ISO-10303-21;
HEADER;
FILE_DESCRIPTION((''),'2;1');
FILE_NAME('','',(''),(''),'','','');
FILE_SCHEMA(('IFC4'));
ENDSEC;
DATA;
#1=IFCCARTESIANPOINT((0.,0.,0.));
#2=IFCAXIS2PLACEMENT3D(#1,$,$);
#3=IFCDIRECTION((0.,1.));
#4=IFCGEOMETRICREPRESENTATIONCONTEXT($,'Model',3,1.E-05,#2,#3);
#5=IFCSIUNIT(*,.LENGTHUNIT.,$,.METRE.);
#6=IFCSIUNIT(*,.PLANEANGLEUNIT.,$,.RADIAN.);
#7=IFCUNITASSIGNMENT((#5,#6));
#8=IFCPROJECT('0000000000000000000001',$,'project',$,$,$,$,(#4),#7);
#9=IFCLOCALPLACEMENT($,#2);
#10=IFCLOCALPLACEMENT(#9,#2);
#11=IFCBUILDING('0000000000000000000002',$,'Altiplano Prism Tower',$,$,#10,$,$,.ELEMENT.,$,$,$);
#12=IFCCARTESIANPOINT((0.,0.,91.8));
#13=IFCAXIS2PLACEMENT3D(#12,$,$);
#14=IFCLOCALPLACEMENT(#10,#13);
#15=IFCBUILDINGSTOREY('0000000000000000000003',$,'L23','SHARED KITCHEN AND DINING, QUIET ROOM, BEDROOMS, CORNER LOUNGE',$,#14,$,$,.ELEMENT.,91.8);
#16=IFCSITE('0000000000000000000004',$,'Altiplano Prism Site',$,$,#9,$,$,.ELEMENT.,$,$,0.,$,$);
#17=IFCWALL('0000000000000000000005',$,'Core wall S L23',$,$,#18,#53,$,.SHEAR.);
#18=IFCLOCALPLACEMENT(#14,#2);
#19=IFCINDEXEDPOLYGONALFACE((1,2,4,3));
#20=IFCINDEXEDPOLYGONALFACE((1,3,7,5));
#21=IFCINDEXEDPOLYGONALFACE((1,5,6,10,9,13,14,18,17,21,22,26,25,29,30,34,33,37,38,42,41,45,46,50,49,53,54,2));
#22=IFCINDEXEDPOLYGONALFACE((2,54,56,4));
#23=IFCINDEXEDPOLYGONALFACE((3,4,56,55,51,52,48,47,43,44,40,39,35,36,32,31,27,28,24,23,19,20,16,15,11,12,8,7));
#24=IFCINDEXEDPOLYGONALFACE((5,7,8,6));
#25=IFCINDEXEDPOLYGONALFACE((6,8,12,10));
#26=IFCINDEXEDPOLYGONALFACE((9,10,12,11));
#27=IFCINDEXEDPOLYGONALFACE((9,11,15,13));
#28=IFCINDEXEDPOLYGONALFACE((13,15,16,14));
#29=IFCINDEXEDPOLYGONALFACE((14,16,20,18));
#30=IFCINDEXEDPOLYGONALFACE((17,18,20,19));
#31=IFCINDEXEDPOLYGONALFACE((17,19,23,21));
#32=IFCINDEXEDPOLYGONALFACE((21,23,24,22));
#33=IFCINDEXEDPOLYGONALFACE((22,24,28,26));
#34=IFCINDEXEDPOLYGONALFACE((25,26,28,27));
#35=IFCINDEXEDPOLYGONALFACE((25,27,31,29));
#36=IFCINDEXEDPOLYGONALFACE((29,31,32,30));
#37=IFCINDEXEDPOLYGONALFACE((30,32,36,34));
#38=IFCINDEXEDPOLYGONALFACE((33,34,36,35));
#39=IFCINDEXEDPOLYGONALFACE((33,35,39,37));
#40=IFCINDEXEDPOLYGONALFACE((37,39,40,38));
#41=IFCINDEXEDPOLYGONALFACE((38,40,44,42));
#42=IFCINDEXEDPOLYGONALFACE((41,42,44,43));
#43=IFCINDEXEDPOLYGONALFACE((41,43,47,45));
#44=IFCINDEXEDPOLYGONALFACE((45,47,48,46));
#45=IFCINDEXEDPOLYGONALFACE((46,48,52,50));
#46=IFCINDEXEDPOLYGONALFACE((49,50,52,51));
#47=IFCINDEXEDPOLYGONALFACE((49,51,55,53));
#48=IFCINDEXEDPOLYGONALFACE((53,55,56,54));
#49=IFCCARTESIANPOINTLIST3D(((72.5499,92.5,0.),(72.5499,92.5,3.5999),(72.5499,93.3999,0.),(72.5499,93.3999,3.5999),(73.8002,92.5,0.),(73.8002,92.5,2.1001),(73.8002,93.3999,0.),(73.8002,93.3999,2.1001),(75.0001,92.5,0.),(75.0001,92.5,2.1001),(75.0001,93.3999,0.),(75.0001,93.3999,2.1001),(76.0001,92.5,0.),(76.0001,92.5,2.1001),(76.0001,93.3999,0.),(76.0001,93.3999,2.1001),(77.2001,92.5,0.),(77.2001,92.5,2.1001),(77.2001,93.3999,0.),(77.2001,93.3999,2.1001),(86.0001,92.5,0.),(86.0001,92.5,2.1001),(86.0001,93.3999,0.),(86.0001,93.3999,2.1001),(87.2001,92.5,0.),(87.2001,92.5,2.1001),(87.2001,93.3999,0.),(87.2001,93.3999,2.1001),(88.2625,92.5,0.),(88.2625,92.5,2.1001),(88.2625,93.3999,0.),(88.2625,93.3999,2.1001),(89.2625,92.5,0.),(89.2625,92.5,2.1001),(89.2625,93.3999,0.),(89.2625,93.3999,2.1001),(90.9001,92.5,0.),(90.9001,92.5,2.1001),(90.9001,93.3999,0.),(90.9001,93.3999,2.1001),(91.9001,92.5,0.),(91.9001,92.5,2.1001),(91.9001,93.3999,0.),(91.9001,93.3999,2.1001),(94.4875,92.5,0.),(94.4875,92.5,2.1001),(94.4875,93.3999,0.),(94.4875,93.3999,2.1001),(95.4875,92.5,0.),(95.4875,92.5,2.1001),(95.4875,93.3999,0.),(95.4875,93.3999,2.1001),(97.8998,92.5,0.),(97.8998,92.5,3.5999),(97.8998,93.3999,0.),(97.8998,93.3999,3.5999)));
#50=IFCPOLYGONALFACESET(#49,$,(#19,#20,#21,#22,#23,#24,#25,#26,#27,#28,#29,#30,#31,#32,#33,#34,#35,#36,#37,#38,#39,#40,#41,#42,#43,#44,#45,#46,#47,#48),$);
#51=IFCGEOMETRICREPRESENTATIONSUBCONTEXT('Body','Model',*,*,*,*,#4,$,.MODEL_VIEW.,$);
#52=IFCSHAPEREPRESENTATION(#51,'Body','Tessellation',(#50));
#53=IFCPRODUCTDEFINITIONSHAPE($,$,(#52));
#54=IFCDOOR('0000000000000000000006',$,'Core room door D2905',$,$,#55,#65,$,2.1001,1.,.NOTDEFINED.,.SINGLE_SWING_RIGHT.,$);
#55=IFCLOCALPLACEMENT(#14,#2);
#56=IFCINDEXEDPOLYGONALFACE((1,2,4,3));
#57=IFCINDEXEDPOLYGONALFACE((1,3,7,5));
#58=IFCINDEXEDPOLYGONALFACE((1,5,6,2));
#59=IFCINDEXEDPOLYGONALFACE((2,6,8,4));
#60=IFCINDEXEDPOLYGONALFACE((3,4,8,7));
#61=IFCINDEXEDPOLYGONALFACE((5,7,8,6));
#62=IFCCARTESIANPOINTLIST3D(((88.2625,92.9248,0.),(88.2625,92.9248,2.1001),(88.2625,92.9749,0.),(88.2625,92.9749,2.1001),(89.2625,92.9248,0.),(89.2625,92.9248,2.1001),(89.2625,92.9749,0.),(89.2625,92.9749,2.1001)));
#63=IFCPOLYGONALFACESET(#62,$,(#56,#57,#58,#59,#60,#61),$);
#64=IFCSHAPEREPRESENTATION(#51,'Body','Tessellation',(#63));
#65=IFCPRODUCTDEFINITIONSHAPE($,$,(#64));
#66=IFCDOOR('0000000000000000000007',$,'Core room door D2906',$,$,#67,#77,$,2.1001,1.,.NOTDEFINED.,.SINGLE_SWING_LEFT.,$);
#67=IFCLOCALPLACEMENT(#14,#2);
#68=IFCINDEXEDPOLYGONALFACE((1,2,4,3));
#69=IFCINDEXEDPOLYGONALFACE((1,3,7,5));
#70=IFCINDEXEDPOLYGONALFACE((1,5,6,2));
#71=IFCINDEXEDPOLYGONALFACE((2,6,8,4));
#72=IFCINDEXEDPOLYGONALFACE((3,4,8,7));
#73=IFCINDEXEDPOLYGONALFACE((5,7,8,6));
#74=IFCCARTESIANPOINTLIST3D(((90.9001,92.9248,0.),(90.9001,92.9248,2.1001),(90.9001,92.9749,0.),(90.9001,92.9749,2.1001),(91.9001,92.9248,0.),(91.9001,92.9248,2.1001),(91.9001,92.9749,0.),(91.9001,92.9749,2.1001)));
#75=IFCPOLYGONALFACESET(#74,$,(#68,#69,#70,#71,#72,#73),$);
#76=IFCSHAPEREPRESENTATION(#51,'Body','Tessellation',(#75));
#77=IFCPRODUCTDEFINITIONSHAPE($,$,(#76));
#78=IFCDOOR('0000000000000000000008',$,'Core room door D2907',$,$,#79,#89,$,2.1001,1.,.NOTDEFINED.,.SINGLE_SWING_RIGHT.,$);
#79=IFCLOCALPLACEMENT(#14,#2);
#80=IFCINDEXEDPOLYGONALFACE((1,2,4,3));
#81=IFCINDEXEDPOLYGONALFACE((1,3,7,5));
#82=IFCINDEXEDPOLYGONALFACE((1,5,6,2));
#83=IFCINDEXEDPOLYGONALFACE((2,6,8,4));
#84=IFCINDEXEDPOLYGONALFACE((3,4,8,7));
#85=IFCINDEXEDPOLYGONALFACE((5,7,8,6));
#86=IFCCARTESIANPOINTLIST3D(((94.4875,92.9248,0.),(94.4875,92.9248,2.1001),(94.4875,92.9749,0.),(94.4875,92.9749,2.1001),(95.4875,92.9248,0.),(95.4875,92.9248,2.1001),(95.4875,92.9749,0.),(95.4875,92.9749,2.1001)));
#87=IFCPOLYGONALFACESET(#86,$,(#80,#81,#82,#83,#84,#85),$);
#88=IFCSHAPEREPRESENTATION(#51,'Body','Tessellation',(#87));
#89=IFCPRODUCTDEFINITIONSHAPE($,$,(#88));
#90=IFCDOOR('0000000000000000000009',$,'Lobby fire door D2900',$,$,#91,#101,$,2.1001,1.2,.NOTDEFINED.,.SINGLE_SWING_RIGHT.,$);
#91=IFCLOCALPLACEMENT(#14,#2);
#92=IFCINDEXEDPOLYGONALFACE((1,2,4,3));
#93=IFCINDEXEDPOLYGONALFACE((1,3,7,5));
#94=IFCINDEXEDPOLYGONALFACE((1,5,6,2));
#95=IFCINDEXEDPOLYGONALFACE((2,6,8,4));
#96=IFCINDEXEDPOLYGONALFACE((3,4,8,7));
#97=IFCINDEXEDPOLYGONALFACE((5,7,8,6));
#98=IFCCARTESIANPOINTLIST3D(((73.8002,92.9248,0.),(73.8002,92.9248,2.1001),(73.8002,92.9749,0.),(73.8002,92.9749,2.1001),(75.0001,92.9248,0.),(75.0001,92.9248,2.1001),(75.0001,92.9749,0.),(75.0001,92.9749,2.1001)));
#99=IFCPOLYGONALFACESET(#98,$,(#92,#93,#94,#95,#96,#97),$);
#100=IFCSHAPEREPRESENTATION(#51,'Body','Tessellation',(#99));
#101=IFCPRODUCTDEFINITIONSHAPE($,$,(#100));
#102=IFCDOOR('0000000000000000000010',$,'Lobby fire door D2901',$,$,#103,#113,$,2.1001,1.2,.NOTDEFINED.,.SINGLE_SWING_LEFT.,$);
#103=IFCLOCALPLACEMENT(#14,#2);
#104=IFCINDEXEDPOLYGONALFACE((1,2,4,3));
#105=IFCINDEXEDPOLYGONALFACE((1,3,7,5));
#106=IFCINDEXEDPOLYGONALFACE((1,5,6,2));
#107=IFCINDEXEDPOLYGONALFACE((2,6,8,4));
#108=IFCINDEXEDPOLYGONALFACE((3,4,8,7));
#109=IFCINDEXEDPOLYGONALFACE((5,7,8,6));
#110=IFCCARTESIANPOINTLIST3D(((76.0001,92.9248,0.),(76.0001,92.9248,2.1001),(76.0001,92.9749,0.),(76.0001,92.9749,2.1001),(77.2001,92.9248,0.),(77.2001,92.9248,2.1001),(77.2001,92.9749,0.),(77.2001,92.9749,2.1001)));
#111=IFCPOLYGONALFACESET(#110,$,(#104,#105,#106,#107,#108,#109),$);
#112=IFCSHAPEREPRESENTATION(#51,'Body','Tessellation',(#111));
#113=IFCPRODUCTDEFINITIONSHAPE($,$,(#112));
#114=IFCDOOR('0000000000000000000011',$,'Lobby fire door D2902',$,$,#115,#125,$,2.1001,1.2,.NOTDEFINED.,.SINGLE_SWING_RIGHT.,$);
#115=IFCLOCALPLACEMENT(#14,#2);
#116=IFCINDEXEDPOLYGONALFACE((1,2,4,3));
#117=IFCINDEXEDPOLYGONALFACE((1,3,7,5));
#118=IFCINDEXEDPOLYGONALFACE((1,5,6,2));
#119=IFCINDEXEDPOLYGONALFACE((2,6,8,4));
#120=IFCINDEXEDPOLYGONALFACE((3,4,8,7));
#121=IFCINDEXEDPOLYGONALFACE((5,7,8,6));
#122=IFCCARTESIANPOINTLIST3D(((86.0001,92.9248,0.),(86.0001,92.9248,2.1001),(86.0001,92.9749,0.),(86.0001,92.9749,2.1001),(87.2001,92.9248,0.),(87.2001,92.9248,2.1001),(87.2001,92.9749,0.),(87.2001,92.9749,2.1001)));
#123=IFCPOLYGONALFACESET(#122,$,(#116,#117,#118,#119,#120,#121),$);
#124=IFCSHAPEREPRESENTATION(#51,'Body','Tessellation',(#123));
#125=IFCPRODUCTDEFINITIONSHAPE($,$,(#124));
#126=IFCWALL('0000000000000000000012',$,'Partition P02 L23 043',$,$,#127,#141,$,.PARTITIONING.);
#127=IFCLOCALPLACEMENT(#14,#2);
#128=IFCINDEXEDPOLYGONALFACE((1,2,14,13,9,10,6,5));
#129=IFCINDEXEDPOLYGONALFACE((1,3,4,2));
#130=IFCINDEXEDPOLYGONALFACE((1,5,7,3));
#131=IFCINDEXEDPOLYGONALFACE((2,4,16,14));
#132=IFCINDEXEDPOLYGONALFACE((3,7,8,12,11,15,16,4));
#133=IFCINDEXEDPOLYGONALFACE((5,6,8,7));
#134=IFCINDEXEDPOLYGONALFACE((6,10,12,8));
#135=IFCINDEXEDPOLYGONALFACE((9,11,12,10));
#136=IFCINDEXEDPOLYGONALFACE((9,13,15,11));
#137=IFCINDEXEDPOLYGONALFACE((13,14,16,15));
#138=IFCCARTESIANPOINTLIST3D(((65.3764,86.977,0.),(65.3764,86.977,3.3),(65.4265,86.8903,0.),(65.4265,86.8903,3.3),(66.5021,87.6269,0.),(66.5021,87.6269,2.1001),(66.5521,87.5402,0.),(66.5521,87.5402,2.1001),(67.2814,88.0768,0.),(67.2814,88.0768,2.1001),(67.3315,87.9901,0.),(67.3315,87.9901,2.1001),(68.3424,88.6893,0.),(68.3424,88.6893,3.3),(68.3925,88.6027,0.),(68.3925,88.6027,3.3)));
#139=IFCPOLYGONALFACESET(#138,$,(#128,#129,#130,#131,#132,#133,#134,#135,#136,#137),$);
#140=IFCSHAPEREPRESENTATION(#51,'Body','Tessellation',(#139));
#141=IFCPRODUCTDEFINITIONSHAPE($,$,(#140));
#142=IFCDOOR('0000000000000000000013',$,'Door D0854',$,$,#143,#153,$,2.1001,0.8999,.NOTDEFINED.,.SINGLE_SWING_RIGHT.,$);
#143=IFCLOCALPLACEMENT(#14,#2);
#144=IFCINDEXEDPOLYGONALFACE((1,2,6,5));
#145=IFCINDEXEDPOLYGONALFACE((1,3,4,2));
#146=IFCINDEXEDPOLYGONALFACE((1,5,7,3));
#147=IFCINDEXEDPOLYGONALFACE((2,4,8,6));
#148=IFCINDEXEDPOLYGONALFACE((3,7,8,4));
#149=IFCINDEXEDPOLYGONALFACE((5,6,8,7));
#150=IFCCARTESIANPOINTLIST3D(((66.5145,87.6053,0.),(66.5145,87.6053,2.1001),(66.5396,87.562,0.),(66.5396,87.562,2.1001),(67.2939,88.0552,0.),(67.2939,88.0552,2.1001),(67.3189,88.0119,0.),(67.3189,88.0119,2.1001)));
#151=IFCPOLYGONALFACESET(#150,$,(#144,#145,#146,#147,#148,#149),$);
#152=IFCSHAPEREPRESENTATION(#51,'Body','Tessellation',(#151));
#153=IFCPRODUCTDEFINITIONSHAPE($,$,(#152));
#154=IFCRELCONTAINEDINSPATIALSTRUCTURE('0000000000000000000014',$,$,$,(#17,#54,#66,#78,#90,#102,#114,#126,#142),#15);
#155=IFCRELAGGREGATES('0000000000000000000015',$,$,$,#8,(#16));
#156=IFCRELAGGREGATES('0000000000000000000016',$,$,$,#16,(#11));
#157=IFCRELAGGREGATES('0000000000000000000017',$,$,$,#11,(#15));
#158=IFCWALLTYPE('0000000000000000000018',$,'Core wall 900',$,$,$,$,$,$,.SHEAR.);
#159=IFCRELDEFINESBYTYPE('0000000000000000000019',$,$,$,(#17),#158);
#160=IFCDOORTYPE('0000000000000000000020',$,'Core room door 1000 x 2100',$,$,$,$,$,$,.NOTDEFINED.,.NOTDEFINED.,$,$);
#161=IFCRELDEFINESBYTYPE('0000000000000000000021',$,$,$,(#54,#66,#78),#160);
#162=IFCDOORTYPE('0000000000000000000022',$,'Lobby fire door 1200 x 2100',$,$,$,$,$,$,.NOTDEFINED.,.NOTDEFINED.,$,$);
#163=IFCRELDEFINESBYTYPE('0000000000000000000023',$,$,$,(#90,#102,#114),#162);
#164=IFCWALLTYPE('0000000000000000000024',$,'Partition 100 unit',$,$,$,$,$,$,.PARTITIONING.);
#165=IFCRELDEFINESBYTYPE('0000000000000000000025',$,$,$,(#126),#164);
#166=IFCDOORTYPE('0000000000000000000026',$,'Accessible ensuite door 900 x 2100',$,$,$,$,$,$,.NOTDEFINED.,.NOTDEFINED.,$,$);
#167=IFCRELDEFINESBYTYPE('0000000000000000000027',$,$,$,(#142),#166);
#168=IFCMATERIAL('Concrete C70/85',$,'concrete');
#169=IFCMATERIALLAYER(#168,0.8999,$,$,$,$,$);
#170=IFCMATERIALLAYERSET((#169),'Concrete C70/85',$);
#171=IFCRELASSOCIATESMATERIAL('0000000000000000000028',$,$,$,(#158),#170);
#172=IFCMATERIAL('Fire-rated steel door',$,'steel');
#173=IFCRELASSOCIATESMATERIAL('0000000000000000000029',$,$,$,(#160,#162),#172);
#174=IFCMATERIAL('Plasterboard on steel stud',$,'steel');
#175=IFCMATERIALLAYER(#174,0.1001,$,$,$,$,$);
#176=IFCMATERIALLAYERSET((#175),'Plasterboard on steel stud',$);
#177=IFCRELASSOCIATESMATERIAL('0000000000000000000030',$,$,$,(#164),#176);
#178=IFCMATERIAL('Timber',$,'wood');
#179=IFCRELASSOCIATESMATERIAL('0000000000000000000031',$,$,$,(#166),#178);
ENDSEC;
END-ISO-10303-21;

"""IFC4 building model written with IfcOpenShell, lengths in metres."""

from ifc_helpers import new_model, si_unit, direction, frame, frame_2d, origin, place, context, subcontext, project, spatial, rectangle, extrude, material, layer, layer_set, type_object, element, fill, save


model = new_model("IFC4")

# Units and contexts
model_context = context("Model", 3, precision=1e-05, world=origin(), true_north=direction((0.0, 1.0)))
body_context = subcontext(model_context, "Body", "Model", "MODEL_VIEW")
ifc_project = project(units=[si_unit("LENGTHUNIT", "METRE"), si_unit("PLANEANGLEUNIT", "RADIAN")], contexts=[model_context])

# Site, building, storey
site_placement = place(None, origin())
site = spatial("IfcSite", under=ifc_project, at=site_placement, Name="Altiplano Prism Site", CompositionType="ELEMENT", RefElevation=0.0)
building_placement = place(site_placement, origin())
building = spatial("IfcBuilding", under=site, at=building_placement, Name="Altiplano Prism Tower", CompositionType="ELEMENT")
storey_placement = place(building_placement, frame((0.0, 0.0, 91.8)))
storey = spatial("IfcBuildingStorey", under=building, at=storey_placement, Name="L23", Description="SHARED KITCHEN AND DINING, QUIET ROOM, BEDROOMS, CORNER LOUNGE", CompositionType="ELEMENT", Elevation=91.8)

# Wall, openings, doors
ifc_material_1 = material(Name="Concrete C70/85", Category="concrete")
ifc_layer_1 = layer(ifc_material_1, 0.8999)
ifc_layer_set_1 = layer_set([ifc_layer_1], Name="Concrete C70/85")
wall_type_1 = type_object("IfcWallType", Name="Core wall 900", PredefinedType="SHEAR", material=ifc_layer_set_1)
wall_1_placement = place(storey_placement, frame((72.55, 92.95, 0.0), z_axis=(0.0, 0.0, 1.0), x_axis=(1.0, 0.0, 0.0)))
wall_1 = element("IfcWall", 1, at=wall_1_placement, inside=storey, type_object=wall_type_1, Name="Core wall S L23", PredefinedType="SHEAR", context=body_context, shape_type="SweptSolid", body=[
    extrude(rectangle(XDim=25.3499, YDim=0.8999, at=frame_2d((12.6748, 0.0))), origin(), (0.0, 0.0, 1.0), 3.5999),
])
opening_1_placement = place(wall_1_placement, frame((1.25, 0.0, 0.0)))
opening_1 = element("IfcOpeningElement", 2, at=opening_1_placement, cuts=wall_1, PredefinedType="OPENING", context=body_context, shape_type="SweptSolid", body=[
    extrude(rectangle(XDim=1.2, YDim=2.1001, at=frame_2d((0.6001, 1.05))), frame((0.0, 0.4604, 0.0), z_axis=(0.0, -1.0, 0.0), x_axis=(1.0, 0.0, 0.0)), (0.0, 0.0, 1.0), 0.9209),
])
opening_2_placement = place(wall_1_placement, frame((3.45, 0.0, 0.0)))
opening_2 = element("IfcOpeningElement", 3, at=opening_2_placement, cuts=wall_1, PredefinedType="OPENING", context=body_context, shape_type="SweptSolid", body=[
    extrude(rectangle(XDim=1.2, YDim=2.1001, at=frame_2d((0.6001, 1.05))), frame((0.0, 0.4604, 0.0), z_axis=(0.0, -1.0, 0.0), x_axis=(1.0, 0.0, 0.0)), (0.0, 0.0, 1.0), 0.9209),
])
opening_3_placement = place(wall_1_placement, frame((13.45, 0.0, 0.0)))
opening_3 = element("IfcOpeningElement", 4, at=opening_3_placement, cuts=wall_1, PredefinedType="OPENING", context=body_context, shape_type="SweptSolid", body=[
    extrude(rectangle(XDim=1.2, YDim=2.1001, at=frame_2d((0.6001, 1.05))), frame((0.0, 0.4604, 0.0), z_axis=(0.0, -1.0, 0.0), x_axis=(1.0, 0.0, 0.0)), (0.0, 0.0, 1.0), 0.9209),
])
opening_4_placement = place(wall_1_placement, frame((15.7124, 0.0, 0.0)))
opening_4 = element("IfcOpeningElement", 5, at=opening_4_placement, cuts=wall_1, PredefinedType="OPENING", context=body_context, shape_type="SweptSolid", body=[
    extrude(rectangle(XDim=1.0, YDim=2.1001, at=frame_2d((0.5, 1.05))), frame((0.0, 0.4604, 0.0), z_axis=(0.0, -1.0, 0.0), x_axis=(1.0, 0.0, 0.0)), (0.0, 0.0, 1.0), 0.9209),
])
opening_5_placement = place(wall_1_placement, frame((18.3501, 0.0, 0.0)))
opening_5 = element("IfcOpeningElement", 6, at=opening_5_placement, cuts=wall_1, PredefinedType="OPENING", context=body_context, shape_type="SweptSolid", body=[
    extrude(rectangle(XDim=1.0, YDim=2.1001, at=frame_2d((0.5, 1.05))), frame((0.0, 0.4604, 0.0), z_axis=(0.0, -1.0, 0.0), x_axis=(1.0, 0.0, 0.0)), (0.0, 0.0, 1.0), 0.9209),
])
opening_6_placement = place(wall_1_placement, frame((21.9375, 0.0, 0.0)))
opening_6 = element("IfcOpeningElement", 7, at=opening_6_placement, cuts=wall_1, PredefinedType="OPENING", context=body_context, shape_type="SweptSolid", body=[
    extrude(rectangle(XDim=1.0, YDim=2.1001, at=frame_2d((0.5, 1.05))), frame((0.0, 0.4604, 0.0), z_axis=(0.0, -1.0, 0.0), x_axis=(1.0, 0.0, 0.0)), (0.0, 0.0, 1.0), 0.9209),
])
ifc_material_2 = material(Name="Fire-rated steel door", Category="steel")
door_type_1 = type_object("IfcDoorType", Name="Core room door 1000 x 2100", OperationType="NOTDEFINED", PredefinedType="NOTDEFINED", material=ifc_material_2)
door_1_placement = place(opening_4_placement, origin())
door_1 = element("IfcDoor", 8, at=door_1_placement, inside=storey, type_object=door_type_1, Name="Core room door D2905", OperationType="SINGLE_SWING_RIGHT", OverallHeight=2.1001, OverallWidth=1.0, PredefinedType="NOTDEFINED", context=body_context, shape_type="SweptSolid", body=[
    extrude(rectangle(XDim=1.0, YDim=2.1001, at=frame_2d((0.5, 1.05))), frame((0.0, 0.0249, 0.0), z_axis=(0.0, -1.0, 0.0), x_axis=(1.0, 0.0, 0.0)), (0.0, 0.0, 1.0), 0.05),
])
fill(opening_4, door_1)
door_2_placement = place(opening_5_placement, origin())
door_2 = element("IfcDoor", 9, at=door_2_placement, inside=storey, type_object=door_type_1, Name="Core room door D2906", OperationType="SINGLE_SWING_LEFT", OverallHeight=2.1001, OverallWidth=1.0, PredefinedType="NOTDEFINED", context=body_context, shape_type="SweptSolid", body=[
    extrude(rectangle(XDim=1.0, YDim=2.1001, at=frame_2d((0.5, 1.05))), frame((0.0, 0.0249, 0.0), z_axis=(0.0, -1.0, 0.0), x_axis=(1.0, 0.0, 0.0)), (0.0, 0.0, 1.0), 0.05),
])
fill(opening_5, door_2)
door_3_placement = place(opening_6_placement, origin())
door_3 = element("IfcDoor", 10, at=door_3_placement, inside=storey, type_object=door_type_1, Name="Core room door D2907", OperationType="SINGLE_SWING_RIGHT", OverallHeight=2.1001, OverallWidth=1.0, PredefinedType="NOTDEFINED", context=body_context, shape_type="SweptSolid", body=[
    extrude(rectangle(XDim=1.0, YDim=2.1001, at=frame_2d((0.5, 1.05))), frame((0.0, 0.0249, 0.0), z_axis=(0.0, -1.0, 0.0), x_axis=(1.0, 0.0, 0.0)), (0.0, 0.0, 1.0), 0.05),
])
fill(opening_6, door_3)
door_type_2 = type_object("IfcDoorType", Name="Lobby fire door 1200 x 2100", OperationType="NOTDEFINED", PredefinedType="NOTDEFINED", material=ifc_material_2)
door_4_placement = place(opening_1_placement, origin())
door_4 = element("IfcDoor", 11, at=door_4_placement, inside=storey, type_object=door_type_2, Name="Lobby fire door D2900", OperationType="SINGLE_SWING_RIGHT", OverallHeight=2.1001, OverallWidth=1.2, PredefinedType="NOTDEFINED", context=body_context, shape_type="SweptSolid", body=[
    extrude(rectangle(XDim=1.2, YDim=2.1001, at=frame_2d((0.6001, 1.05))), frame((0.0, 0.0249, 0.0), z_axis=(0.0, -1.0, 0.0), x_axis=(1.0, 0.0, 0.0)), (0.0, 0.0, 1.0), 0.05),
])
fill(opening_1, door_4)
door_5_placement = place(opening_2_placement, origin())
door_5 = element("IfcDoor", 12, at=door_5_placement, inside=storey, type_object=door_type_2, Name="Lobby fire door D2901", OperationType="SINGLE_SWING_LEFT", OverallHeight=2.1001, OverallWidth=1.2, PredefinedType="NOTDEFINED", context=body_context, shape_type="SweptSolid", body=[
    extrude(rectangle(XDim=1.2, YDim=2.1001, at=frame_2d((0.6001, 1.05))), frame((0.0, 0.0249, 0.0), z_axis=(0.0, -1.0, 0.0), x_axis=(1.0, 0.0, 0.0)), (0.0, 0.0, 1.0), 0.05),
])
fill(opening_2, door_5)
door_6_placement = place(opening_3_placement, origin())
door_6 = element("IfcDoor", 13, at=door_6_placement, inside=storey, type_object=door_type_2, Name="Lobby fire door D2902", OperationType="SINGLE_SWING_RIGHT", OverallHeight=2.1001, OverallWidth=1.2, PredefinedType="NOTDEFINED", context=body_context, shape_type="SweptSolid", body=[
    extrude(rectangle(XDim=1.2, YDim=2.1001, at=frame_2d((0.6001, 1.05))), frame((0.0, 0.0249, 0.0), z_axis=(0.0, -1.0, 0.0), x_axis=(1.0, 0.0, 0.0)), (0.0, 0.0, 1.0), 0.05),
])
fill(opening_3, door_6)

# Wall, opening, door
ifc_material_3 = material(Name="Plasterboard on steel stud", Category="steel")
ifc_layer_2 = layer(ifc_material_3, 0.1001)
ifc_layer_set_2 = layer_set([ifc_layer_2], Name="Plasterboard on steel stud")
wall_type_2 = type_object("IfcWallType", Name="Partition 100 unit", PredefinedType="PARTITIONING", material=ifc_layer_set_2)
wall_2_placement = place(storey_placement, frame((68.3674, 88.646, 0.0), z_axis=(0.0, 0.0, 1.0), x_axis=(-0.866032, -0.499988, 0.0)))
wall_2 = element("IfcWall", 14, at=wall_2_placement, inside=storey, type_object=wall_type_2, Name="Partition P02 L23 043", PredefinedType="PARTITIONING", context=body_context, shape_type="SweptSolid", body=[
    extrude(rectangle(XDim=3.4248, YDim=0.1001, at=frame_2d((1.7124, 0.0))), origin(), (0.0, 0.0, 1.0), 3.3),
])
opening_7_placement = place(wall_2_placement, frame((1.2251, 0.0, 0.0)))
opening_7 = element("IfcOpeningElement", 15, at=opening_7_placement, cuts=wall_2, PredefinedType="OPENING", context=body_context, shape_type="SweptSolid", body=[
    extrude(rectangle(XDim=0.8999, YDim=2.1001, at=frame_2d((0.45, 1.05))), frame((0.0, 0.0605, 0.0), z_axis=(0.0, -1.0, 0.0), x_axis=(1.0, 0.0, 0.0)), (0.0, 0.0, 1.0), 0.1211),
])
ifc_material_4 = material(Name="Timber", Category="wood")
door_type_3 = type_object("IfcDoorType", Name="Accessible ensuite door 900 x 2100", OperationType="NOTDEFINED", PredefinedType="NOTDEFINED", material=ifc_material_4)
door_7_placement = place(opening_7_placement, origin())
door_7 = element("IfcDoor", 16, at=door_7_placement, inside=storey, type_object=door_type_3, Name="Door D0854", OperationType="SINGLE_SWING_RIGHT", OverallHeight=2.1001, OverallWidth=0.8999, PredefinedType="NOTDEFINED", context=body_context, shape_type="SweptSolid", body=[
    extrude(rectangle(XDim=0.8999, YDim=2.1001, at=frame_2d((0.45, 1.05))), frame((0.0, 0.0249, 0.0), z_axis=(0.0, -1.0, 0.0), x_axis=(1.0, 0.0, 0.0)), (0.0, 0.0, 1.0), 0.05),
])
fill(opening_7, door_7)

save(model, "model.ifc")
